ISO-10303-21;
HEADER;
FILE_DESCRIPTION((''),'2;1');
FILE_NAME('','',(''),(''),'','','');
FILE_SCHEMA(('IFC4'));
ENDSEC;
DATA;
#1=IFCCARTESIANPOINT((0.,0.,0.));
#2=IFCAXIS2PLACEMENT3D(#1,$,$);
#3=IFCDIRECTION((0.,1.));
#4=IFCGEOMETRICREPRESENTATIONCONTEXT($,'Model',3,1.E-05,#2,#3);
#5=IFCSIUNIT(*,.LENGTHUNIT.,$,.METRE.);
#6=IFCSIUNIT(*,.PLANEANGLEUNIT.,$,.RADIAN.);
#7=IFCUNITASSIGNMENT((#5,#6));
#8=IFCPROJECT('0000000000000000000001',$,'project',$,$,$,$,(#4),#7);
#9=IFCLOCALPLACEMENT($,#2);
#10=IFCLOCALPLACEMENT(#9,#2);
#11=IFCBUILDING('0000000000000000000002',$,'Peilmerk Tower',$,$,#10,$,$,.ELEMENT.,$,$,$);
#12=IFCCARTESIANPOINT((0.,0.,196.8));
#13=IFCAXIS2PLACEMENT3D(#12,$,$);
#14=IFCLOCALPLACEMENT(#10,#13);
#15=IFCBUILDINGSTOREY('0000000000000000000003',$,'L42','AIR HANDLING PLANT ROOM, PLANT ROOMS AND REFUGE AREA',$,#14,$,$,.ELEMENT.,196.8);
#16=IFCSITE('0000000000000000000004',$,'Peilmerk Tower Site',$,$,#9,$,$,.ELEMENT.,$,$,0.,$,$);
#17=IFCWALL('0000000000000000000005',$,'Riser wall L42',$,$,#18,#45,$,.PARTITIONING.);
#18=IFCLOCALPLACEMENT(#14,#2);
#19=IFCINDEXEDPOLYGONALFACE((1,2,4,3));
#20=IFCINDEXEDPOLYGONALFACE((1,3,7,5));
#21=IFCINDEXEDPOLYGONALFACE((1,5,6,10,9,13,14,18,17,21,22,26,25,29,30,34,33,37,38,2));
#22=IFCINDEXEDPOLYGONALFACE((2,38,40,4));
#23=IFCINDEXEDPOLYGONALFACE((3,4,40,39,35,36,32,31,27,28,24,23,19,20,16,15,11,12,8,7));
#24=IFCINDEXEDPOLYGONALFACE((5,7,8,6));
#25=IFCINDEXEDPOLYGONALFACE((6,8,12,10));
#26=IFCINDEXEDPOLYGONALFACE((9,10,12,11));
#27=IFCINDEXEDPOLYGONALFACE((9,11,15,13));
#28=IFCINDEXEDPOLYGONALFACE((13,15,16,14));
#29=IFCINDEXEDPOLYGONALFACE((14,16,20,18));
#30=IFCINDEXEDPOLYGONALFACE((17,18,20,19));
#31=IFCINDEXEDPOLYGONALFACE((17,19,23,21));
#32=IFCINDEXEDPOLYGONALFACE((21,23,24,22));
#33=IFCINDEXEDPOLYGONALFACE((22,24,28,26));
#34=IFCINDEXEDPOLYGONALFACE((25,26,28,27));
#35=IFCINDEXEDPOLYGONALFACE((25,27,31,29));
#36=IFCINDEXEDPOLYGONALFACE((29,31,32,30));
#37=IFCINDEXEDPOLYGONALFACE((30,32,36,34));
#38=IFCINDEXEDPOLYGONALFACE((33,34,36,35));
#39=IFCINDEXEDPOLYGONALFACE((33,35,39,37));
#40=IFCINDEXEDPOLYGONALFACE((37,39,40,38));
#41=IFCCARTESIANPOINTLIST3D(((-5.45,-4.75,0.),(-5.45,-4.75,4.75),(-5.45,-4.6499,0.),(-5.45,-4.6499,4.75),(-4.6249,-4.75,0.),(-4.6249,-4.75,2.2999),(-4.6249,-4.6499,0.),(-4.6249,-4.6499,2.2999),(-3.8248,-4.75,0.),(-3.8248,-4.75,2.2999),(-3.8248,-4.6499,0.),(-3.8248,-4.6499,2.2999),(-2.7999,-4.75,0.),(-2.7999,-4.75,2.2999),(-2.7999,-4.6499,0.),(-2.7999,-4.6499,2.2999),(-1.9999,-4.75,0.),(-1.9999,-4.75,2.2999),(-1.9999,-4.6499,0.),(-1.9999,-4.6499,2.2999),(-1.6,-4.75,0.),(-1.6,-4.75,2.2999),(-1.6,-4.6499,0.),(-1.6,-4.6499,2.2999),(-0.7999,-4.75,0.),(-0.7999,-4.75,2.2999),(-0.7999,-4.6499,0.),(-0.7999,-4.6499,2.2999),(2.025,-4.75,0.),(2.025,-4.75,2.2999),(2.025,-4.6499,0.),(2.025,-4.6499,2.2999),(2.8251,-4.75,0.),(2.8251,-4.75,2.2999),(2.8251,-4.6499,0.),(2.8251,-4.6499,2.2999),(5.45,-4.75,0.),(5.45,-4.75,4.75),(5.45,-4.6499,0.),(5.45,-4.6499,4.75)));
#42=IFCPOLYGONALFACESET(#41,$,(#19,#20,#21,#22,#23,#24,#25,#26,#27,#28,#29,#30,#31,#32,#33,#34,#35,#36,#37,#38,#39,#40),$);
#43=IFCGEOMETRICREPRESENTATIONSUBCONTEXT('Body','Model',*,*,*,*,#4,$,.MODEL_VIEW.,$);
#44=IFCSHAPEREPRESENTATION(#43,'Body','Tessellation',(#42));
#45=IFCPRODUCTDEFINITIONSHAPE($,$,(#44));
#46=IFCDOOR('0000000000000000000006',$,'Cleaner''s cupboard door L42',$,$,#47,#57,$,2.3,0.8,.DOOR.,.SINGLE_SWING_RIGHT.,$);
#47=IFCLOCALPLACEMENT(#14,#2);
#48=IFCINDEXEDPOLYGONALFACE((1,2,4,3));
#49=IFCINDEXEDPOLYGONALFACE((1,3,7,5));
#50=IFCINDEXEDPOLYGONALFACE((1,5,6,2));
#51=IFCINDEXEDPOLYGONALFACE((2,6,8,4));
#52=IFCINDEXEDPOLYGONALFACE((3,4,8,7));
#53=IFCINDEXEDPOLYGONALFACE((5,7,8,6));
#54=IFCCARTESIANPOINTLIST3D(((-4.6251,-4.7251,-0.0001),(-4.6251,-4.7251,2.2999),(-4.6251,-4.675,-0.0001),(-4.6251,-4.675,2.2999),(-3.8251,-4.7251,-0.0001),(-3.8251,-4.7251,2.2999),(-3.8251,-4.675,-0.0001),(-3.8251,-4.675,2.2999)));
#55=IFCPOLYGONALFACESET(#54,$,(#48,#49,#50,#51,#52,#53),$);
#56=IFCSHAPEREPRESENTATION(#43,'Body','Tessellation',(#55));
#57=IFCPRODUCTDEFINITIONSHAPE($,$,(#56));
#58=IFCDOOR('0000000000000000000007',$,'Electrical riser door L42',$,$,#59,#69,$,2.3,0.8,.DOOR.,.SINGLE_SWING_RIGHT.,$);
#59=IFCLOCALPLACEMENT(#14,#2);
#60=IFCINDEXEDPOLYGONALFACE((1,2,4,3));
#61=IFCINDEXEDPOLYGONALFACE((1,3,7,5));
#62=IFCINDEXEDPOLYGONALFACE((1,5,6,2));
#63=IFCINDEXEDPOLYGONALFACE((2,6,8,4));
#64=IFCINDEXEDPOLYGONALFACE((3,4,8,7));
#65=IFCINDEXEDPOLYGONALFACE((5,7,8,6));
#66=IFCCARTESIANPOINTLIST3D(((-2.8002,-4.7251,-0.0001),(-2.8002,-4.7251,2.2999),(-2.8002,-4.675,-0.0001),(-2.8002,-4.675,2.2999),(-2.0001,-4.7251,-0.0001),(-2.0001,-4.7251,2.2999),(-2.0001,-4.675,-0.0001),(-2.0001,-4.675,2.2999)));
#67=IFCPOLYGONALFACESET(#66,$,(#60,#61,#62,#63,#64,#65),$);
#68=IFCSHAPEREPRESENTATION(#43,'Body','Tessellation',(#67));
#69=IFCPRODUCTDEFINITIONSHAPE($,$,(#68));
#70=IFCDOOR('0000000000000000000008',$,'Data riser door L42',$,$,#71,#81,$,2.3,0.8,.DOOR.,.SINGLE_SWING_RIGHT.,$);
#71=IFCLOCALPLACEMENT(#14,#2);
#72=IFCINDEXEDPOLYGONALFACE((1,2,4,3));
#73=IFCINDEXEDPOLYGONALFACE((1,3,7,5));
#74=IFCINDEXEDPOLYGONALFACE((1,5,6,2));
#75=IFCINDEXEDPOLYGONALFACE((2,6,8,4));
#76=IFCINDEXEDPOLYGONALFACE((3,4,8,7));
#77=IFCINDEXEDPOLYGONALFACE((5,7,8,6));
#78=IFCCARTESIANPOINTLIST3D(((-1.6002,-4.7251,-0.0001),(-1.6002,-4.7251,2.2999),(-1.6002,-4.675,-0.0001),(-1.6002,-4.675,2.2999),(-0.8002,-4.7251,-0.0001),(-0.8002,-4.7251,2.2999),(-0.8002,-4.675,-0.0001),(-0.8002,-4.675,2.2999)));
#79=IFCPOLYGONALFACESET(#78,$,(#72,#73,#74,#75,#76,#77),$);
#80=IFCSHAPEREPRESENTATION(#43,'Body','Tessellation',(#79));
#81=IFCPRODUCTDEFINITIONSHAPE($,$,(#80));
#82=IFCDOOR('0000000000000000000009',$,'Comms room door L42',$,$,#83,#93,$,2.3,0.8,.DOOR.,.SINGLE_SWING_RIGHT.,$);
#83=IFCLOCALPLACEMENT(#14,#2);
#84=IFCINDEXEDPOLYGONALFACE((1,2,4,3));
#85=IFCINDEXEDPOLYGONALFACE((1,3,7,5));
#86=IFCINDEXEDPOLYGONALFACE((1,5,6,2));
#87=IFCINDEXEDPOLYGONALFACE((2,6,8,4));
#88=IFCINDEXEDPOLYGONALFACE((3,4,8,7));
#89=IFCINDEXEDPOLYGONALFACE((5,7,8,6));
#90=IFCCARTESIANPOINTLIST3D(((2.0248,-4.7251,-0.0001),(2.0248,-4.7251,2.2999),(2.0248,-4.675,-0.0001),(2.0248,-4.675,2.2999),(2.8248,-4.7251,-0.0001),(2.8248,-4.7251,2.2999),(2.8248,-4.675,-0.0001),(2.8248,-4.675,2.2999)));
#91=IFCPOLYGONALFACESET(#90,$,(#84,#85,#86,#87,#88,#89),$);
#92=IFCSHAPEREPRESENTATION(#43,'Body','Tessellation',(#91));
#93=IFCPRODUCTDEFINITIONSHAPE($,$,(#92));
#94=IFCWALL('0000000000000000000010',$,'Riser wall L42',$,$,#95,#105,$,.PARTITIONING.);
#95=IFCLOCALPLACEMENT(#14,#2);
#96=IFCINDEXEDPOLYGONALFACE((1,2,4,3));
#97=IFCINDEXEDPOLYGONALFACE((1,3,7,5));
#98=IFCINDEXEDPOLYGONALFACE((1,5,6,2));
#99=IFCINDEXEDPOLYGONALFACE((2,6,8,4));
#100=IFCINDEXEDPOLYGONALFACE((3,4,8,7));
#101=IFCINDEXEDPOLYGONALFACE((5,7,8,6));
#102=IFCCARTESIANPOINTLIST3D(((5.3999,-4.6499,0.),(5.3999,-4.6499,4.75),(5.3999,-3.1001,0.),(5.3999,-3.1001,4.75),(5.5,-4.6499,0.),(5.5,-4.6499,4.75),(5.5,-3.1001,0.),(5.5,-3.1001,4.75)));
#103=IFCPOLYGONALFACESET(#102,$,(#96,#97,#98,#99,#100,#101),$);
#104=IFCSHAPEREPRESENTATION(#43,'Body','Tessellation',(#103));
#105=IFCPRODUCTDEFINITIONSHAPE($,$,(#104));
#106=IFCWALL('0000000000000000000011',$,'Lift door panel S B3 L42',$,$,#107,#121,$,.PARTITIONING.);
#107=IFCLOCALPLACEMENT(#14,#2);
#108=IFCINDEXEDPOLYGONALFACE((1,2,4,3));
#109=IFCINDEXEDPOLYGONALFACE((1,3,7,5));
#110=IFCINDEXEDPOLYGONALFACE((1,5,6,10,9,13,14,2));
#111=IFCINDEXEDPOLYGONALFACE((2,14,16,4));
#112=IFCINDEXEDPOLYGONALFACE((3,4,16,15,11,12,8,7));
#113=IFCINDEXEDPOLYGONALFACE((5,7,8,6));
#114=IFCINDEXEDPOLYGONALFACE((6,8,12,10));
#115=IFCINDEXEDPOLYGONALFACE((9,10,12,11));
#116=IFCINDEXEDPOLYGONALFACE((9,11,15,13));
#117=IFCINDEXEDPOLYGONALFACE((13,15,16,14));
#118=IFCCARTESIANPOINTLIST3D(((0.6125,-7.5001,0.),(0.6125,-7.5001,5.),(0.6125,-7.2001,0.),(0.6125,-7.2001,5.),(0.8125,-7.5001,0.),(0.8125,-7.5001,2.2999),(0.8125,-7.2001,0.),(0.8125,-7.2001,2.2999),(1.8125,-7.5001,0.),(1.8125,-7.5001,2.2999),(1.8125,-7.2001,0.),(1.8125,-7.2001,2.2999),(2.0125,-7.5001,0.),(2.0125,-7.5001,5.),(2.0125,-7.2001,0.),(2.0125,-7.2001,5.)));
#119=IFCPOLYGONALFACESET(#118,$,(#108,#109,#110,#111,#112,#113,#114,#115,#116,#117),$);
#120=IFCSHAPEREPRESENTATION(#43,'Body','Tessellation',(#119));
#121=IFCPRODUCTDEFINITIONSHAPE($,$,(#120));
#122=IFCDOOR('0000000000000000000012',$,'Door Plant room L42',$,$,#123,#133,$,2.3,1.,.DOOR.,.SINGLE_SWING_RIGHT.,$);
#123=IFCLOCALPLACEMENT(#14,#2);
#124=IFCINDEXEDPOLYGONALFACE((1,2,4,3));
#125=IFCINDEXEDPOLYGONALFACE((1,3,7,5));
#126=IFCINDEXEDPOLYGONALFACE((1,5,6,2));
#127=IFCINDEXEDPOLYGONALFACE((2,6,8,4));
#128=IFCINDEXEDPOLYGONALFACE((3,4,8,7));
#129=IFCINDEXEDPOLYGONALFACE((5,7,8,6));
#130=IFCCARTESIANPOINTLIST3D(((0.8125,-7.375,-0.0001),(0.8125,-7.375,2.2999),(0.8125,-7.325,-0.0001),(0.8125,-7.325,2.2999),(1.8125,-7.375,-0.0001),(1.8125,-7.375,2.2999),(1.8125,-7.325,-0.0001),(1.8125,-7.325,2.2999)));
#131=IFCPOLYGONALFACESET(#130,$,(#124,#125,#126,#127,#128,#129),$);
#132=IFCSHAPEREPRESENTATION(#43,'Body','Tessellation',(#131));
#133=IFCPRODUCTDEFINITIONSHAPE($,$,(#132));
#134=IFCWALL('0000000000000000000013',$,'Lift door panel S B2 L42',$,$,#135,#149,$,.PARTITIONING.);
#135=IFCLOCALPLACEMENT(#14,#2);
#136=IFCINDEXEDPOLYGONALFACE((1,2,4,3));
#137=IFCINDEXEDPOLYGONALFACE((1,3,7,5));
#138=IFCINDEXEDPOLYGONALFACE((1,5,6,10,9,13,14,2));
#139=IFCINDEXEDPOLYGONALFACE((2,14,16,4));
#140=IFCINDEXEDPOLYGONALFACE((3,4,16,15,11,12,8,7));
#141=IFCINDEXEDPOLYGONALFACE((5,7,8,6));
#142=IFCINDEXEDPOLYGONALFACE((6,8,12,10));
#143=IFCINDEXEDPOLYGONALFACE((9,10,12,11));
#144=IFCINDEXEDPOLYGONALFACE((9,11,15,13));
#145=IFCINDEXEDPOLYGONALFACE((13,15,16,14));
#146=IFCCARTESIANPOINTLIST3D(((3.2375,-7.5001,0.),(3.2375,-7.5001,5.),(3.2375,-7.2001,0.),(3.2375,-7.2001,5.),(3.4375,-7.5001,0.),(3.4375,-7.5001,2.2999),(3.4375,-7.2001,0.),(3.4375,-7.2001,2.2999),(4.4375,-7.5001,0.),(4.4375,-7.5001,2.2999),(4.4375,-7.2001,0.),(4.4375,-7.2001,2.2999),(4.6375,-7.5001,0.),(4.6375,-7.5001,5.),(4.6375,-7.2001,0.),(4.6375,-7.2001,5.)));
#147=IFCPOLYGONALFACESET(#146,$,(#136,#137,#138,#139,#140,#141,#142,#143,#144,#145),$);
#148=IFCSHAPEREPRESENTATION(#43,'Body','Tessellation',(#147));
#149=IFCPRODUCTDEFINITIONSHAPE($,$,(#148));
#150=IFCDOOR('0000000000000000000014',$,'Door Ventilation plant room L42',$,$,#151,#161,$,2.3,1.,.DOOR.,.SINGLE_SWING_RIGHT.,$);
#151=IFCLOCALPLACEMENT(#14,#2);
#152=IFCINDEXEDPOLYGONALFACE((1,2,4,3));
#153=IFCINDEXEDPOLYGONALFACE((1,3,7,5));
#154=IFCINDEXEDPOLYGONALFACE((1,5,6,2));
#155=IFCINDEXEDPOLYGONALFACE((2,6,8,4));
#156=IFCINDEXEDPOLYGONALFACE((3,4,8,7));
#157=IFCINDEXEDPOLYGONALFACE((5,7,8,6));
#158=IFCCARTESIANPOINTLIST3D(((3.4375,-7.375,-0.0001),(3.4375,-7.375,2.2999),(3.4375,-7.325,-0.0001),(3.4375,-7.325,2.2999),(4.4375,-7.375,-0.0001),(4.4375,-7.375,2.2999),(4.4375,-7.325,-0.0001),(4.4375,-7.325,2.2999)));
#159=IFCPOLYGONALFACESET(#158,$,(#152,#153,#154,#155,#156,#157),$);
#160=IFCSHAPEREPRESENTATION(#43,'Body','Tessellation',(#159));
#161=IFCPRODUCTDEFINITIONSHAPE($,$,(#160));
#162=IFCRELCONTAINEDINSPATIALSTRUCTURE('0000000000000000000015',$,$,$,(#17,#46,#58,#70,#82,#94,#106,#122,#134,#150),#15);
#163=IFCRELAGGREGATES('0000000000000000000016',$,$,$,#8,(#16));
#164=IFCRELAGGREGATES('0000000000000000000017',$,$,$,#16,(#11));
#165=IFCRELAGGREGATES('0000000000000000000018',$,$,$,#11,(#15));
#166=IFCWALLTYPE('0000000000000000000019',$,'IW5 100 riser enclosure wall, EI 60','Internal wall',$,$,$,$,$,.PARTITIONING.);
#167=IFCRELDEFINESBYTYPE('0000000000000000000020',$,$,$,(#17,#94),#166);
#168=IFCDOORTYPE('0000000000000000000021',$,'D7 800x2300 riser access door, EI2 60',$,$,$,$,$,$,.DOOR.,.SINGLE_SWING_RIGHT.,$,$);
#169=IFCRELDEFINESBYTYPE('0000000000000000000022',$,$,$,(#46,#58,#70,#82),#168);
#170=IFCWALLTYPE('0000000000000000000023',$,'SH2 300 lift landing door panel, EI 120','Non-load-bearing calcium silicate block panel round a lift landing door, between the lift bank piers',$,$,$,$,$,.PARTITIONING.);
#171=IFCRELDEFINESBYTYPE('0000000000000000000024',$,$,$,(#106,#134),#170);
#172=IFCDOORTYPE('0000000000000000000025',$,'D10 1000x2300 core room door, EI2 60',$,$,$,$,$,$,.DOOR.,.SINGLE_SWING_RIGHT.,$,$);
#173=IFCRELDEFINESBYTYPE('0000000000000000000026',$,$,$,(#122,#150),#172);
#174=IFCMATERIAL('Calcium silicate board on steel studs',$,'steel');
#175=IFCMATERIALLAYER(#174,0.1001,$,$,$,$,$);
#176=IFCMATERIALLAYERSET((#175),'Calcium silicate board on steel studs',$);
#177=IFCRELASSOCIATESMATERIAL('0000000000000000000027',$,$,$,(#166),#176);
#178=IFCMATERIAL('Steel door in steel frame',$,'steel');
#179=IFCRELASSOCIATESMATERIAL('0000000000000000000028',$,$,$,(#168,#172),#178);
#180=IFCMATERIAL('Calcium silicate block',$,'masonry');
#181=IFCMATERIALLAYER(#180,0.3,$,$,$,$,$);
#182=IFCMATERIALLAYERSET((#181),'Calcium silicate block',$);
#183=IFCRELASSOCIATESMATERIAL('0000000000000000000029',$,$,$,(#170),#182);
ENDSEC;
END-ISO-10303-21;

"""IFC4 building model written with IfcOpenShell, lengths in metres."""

from ifc_helpers import new_model, si_unit, direction, frame, frame_2d, origin, place, context, subcontext, project, spatial, rectangle, extrude, material, layer, layer_set, type_object, element, fill, save


model = new_model("IFC4")

# Units and contexts
model_context = context("Model", 3, precision=1e-05, world=origin(), true_north=direction((0.0, 1.0)))
body_context = subcontext(model_context, "Body", "Model", "MODEL_VIEW")
ifc_project = project(units=[si_unit("LENGTHUNIT", "METRE"), si_unit("PLANEANGLEUNIT", "RADIAN")], contexts=[model_context])

# Site, building, storey
site_placement = place(None, origin())
site = spatial("IfcSite", under=ifc_project, at=site_placement, Name="Peilmerk Tower Site", CompositionType="ELEMENT", RefElevation=0.0)
building_placement = place(site_placement, origin())
building = spatial("IfcBuilding", under=site, at=building_placement, Name="Peilmerk Tower", CompositionType="ELEMENT")
storey_placement = place(building_placement, frame((0.0, 0.0, 196.8)))
storey = spatial("IfcBuildingStorey", under=building, at=storey_placement, Name="L42", Description="AIR HANDLING PLANT ROOM, PLANT ROOMS AND REFUGE AREA", CompositionType="ELEMENT", Elevation=196.8)

# Shared definitions
ifc_material_1 = material(Name="Steel door in steel frame", Category="steel")

# Shared definitions
ifc_material_2 = material(Name="Calcium silicate board on steel studs", Category="steel")
ifc_layer_1 = layer(ifc_material_2, 0.1001)
ifc_layer_set_1 = layer_set([ifc_layer_1], Name="Calcium silicate board on steel studs")
wall_type_1 = type_object("IfcWallType", Name="IW5 100 riser enclosure wall, EI 60", Description="Internal wall", PredefinedType="PARTITIONING", material=ifc_layer_set_1)

# Wall, openings, doors
wall_1_placement = place(storey_placement, frame((5.45, -4.7, 0.0), z_axis=(0.0, 0.0, 1.0), x_axis=(-1.0, 0.0, 0.0)))
wall_1 = element("IfcWall", 1, at=wall_1_placement, inside=storey, type_object=wall_type_1, Name="Riser wall L42", PredefinedType="PARTITIONING", context=body_context, shape_type="SweptSolid", body=[
    extrude(rectangle(XDim=10.8999, YDim=0.1001, at=frame_2d((5.45, 0.0))), origin(), (0.0, 0.0, 1.0), 4.75),
])
opening_1_placement = place(wall_1_placement, frame((9.2749, 0.0, 0.0)))
opening_1 = element("IfcOpeningElement", 2, at=opening_1_placement, cuts=wall_1, PredefinedType="OPENING", context=body_context, shape_type="SweptSolid", body=[
    extrude(rectangle(XDim=0.8, YDim=2.3, at=frame_2d((0.3999, 1.1499))), frame((0.0, 0.0601, 0.0), z_axis=(0.0, -1.0, 0.0), x_axis=(1.0, 0.0, 0.0)), (0.0, 0.0, 1.0), 0.1201),
])
opening_2_placement = place(wall_1_placement, frame((7.45, 0.0, 0.0)))
opening_2 = element("IfcOpeningElement", 3, at=opening_2_placement, cuts=wall_1, PredefinedType="OPENING", context=body_context, shape_type="SweptSolid", body=[
    extrude(rectangle(XDim=0.8, YDim=2.3, at=frame_2d((0.3999, 1.1499))), frame((0.0, 0.0601, 0.0), z_axis=(0.0, -1.0, 0.0), x_axis=(1.0, 0.0, 0.0)), (0.0, 0.0, 1.0), 0.1201),
])
opening_3_placement = place(wall_1_placement, frame((6.25, 0.0, 0.0)))
opening_3 = element("IfcOpeningElement", 4, at=opening_3_placement, cuts=wall_1, PredefinedType="OPENING", context=body_context, shape_type="SweptSolid", body=[
    extrude(rectangle(XDim=0.8, YDim=2.3, at=frame_2d((0.3999, 1.1499))), frame((0.0, 0.0601, 0.0), z_axis=(0.0, -1.0, 0.0), x_axis=(1.0, 0.0, 0.0)), (0.0, 0.0, 1.0), 0.1201),
])
opening_4_placement = place(wall_1_placement, frame((2.625, 0.0, 0.0)))
opening_4 = element("IfcOpeningElement", 5, at=opening_4_placement, cuts=wall_1, PredefinedType="OPENING", context=body_context, shape_type="SweptSolid", body=[
    extrude(rectangle(XDim=0.8, YDim=2.3, at=frame_2d((0.3999, 1.1499))), frame((0.0, 0.0601, 0.0), z_axis=(0.0, -1.0, 0.0), x_axis=(1.0, 0.0, 0.0)), (0.0, 0.0, 1.0), 0.1201),
])
door_type_1 = type_object("IfcDoorType", Name="D7 800x2300 riser access door, EI2 60", OperationType="SINGLE_SWING_RIGHT", PredefinedType="DOOR", material=ifc_material_1)
door_1_placement = place(opening_1_placement, frame((0.8, 0.0, 0.0), z_axis=(0.0, 0.0, 1.0), x_axis=(-1.0, 0.0, 0.0)))
door_1 = element("IfcDoor", 6, at=door_1_placement, inside=storey, type_object=door_type_1, Name="Cleaner's cupboard door L42", OperationType="SINGLE_SWING_RIGHT", OverallHeight=2.3, OverallWidth=0.8, PredefinedType="DOOR", context=body_context, shape_type="SweptSolid", body=[
    extrude(rectangle(XDim=0.8, YDim=2.3, at=frame_2d((0.3999, 1.1499))), frame((0.0, 0.0249, 0.0), z_axis=(0.0, -1.0, 0.0), x_axis=(1.0, 0.0, 0.0)), (0.0, 0.0, 1.0), 0.05),
])
fill(opening_1, door_1)
door_2_placement = place(opening_2_placement, frame((0.8, 0.0, 0.0), z_axis=(0.0, 0.0, 1.0), x_axis=(-1.0, 0.0, 0.0)))
door_2 = element("IfcDoor", 7, at=door_2_placement, inside=storey, type_object=door_type_1, Name="Electrical riser door L42", OperationType="SINGLE_SWING_RIGHT", OverallHeight=2.3, OverallWidth=0.8, PredefinedType="DOOR", context=body_context, shape_type="SweptSolid", body=[
    extrude(rectangle(XDim=0.8, YDim=2.3, at=frame_2d((0.3999, 1.1499))), frame((0.0, 0.0249, 0.0), z_axis=(0.0, -1.0, 0.0), x_axis=(1.0, 0.0, 0.0)), (0.0, 0.0, 1.0), 0.05),
])
fill(opening_2, door_2)
door_3_placement = place(opening_3_placement, frame((0.8, 0.0, 0.0), z_axis=(0.0, 0.0, 1.0), x_axis=(-1.0, 0.0, 0.0)))
door_3 = element("IfcDoor", 8, at=door_3_placement, inside=storey, type_object=door_type_1, Name="Data riser door L42", OperationType="SINGLE_SWING_RIGHT", OverallHeight=2.3, OverallWidth=0.8, PredefinedType="DOOR", context=body_context, shape_type="SweptSolid", body=[
    extrude(rectangle(XDim=0.8, YDim=2.3, at=frame_2d((0.3999, 1.1499))), frame((0.0, 0.0249, 0.0), z_axis=(0.0, -1.0, 0.0), x_axis=(1.0, 0.0, 0.0)), (0.0, 0.0, 1.0), 0.05),
])
fill(opening_3, door_3)
door_4_placement = place(opening_4_placement, frame((0.8, 0.0, 0.0), z_axis=(0.0, 0.0, 1.0), x_axis=(-1.0, 0.0, 0.0)))
door_4 = element("IfcDoor", 9, at=door_4_placement, inside=storey, type_object=door_type_1, Name="Comms room door L42", OperationType="SINGLE_SWING_RIGHT", OverallHeight=2.3, OverallWidth=0.8, PredefinedType="DOOR", context=body_context, shape_type="SweptSolid", body=[
    extrude(rectangle(XDim=0.8, YDim=2.3, at=frame_2d((0.3999, 1.1499))), frame((0.0, 0.0249, 0.0), z_axis=(0.0, -1.0, 0.0), x_axis=(1.0, 0.0, 0.0)), (0.0, 0.0, 1.0), 0.05),
])
fill(opening_4, door_4)

# Wall
wall_2_placement = place(storey_placement, frame((5.45, -3.1001, 0.0), z_axis=(0.0, 0.0, 1.0), x_axis=(0.0, -1.0, 0.0)))
element("IfcWall", 10, at=wall_2_placement, inside=storey, type_object=wall_type_1, Name="Riser wall L42", PredefinedType="PARTITIONING", context=body_context, shape_type="SweptSolid", body=[
    extrude(rectangle(XDim=1.5498, YDim=0.1001, at=frame_2d((0.7749, 0.0))), origin(), (0.0, 0.0, 1.0), 4.75),
])

# Walls, openings, doors
ifc_material_3 = material(Name="Calcium silicate block", Category="masonry")
ifc_layer_2 = layer(ifc_material_3, 0.3)
ifc_layer_set_2 = layer_set([ifc_layer_2], Name="Calcium silicate block")
wall_type_2 = type_object("IfcWallType", Name="SH2 300 lift landing door panel, EI 120", Description="Non-load-bearing calcium silicate block panel round a lift landing door, between the lift bank piers", PredefinedType="PARTITIONING", material=ifc_layer_set_2)
wall_3_placement = place(storey_placement, frame((0.6125, -7.3501, 0.0), z_axis=(0.0, 0.0, 1.0), x_axis=(1.0, 0.0, 0.0)))
wall_3 = element("IfcWall", 11, at=wall_3_placement, inside=storey, type_object=wall_type_2, Name="Lift door panel S B3 L42", PredefinedType="PARTITIONING", context=body_context, shape_type="SweptSolid", body=[
    extrude(rectangle(XDim=1.3999, YDim=0.3, at=frame_2d((0.7, 0.0))), origin(), (0.0, 0.0, 1.0), 5.0),
])
opening_5_placement = place(wall_3_placement, frame((0.2, 0.0, 0.0)))
opening_5 = element("IfcOpeningElement", 12, at=opening_5_placement, cuts=wall_3, PredefinedType="OPENING", context=body_context, shape_type="SweptSolid", body=[
    extrude(rectangle(XDim=1.0, YDim=2.3, at=frame_2d((0.5, 1.1499))), frame((0.0, 0.1599, 0.0), z_axis=(0.0, -1.0, 0.0), x_axis=(1.0, 0.0, 0.0)), (0.0, 0.0, 1.0), 0.3201),
])
door_type_2 = type_object("IfcDoorType", Name="D10 1000x2300 core room door, EI2 60", OperationType="SINGLE_SWING_RIGHT", PredefinedType="DOOR", material=ifc_material_1)
door_5_placement = place(opening_5_placement, frame((1.0, 0.0, 0.0), z_axis=(0.0, 0.0, 1.0), x_axis=(-1.0, 0.0, 0.0)))
door_5 = element("IfcDoor", 13, at=door_5_placement, inside=storey, type_object=door_type_2, Name="Door Plant room L42", OperationType="SINGLE_SWING_RIGHT", OverallHeight=2.3, OverallWidth=1.0, PredefinedType="DOOR", context=body_context, shape_type="SweptSolid", body=[
    extrude(rectangle(XDim=1.0, YDim=2.3, at=frame_2d((0.5, 1.1499))), frame((0.0, 0.0249, 0.0), z_axis=(0.0, -1.0, 0.0), x_axis=(1.0, 0.0, 0.0)), (0.0, 0.0, 1.0), 0.05),
])
fill(opening_5, door_5)
wall_4_placement = place(storey_placement, frame((3.2375, -7.3501, 0.0), z_axis=(0.0, 0.0, 1.0), x_axis=(1.0, 0.0, 0.0)))
wall_4 = element("IfcWall", 14, at=wall_4_placement, inside=storey, type_object=wall_type_2, Name="Lift door panel S B2 L42", PredefinedType="PARTITIONING", context=body_context, shape_type="SweptSolid", body=[
    extrude(rectangle(XDim=1.3999, YDim=0.3, at=frame_2d((0.7, 0.0))), origin(), (0.0, 0.0, 1.0), 5.0),
])
opening_6_placement = place(wall_4_placement, frame((0.2, 0.0, 0.0)))
opening_6 = element("IfcOpeningElement", 15, at=opening_6_placement, cuts=wall_4, PredefinedType="OPENING", context=body_context, shape_type="SweptSolid", body=[
    extrude(rectangle(XDim=1.0, YDim=2.3, at=frame_2d((0.5, 1.1499))), frame((0.0, 0.1599, 0.0), z_axis=(0.0, -1.0, 0.0), x_axis=(1.0, 0.0, 0.0)), (0.0, 0.0, 1.0), 0.3201),
])
door_6_placement = place(opening_6_placement, frame((1.0, 0.0, 0.0), z_axis=(0.0, 0.0, 1.0), x_axis=(-1.0, 0.0, 0.0)))
door_6 = element("IfcDoor", 16, at=door_6_placement, inside=storey, type_object=door_type_2, Name="Door Ventilation plant room L42", OperationType="SINGLE_SWING_RIGHT", OverallHeight=2.3, OverallWidth=1.0, PredefinedType="DOOR", context=body_context, shape_type="SweptSolid", body=[
    extrude(rectangle(XDim=1.0, YDim=2.3, at=frame_2d((0.5, 1.1499))), frame((0.0, 0.0249, 0.0), z_axis=(0.0, -1.0, 0.0), x_axis=(1.0, 0.0, 0.0)), (0.0, 0.0, 1.0), 0.05),
])
fill(opening_6, door_6)

save(model, "model.ifc")
